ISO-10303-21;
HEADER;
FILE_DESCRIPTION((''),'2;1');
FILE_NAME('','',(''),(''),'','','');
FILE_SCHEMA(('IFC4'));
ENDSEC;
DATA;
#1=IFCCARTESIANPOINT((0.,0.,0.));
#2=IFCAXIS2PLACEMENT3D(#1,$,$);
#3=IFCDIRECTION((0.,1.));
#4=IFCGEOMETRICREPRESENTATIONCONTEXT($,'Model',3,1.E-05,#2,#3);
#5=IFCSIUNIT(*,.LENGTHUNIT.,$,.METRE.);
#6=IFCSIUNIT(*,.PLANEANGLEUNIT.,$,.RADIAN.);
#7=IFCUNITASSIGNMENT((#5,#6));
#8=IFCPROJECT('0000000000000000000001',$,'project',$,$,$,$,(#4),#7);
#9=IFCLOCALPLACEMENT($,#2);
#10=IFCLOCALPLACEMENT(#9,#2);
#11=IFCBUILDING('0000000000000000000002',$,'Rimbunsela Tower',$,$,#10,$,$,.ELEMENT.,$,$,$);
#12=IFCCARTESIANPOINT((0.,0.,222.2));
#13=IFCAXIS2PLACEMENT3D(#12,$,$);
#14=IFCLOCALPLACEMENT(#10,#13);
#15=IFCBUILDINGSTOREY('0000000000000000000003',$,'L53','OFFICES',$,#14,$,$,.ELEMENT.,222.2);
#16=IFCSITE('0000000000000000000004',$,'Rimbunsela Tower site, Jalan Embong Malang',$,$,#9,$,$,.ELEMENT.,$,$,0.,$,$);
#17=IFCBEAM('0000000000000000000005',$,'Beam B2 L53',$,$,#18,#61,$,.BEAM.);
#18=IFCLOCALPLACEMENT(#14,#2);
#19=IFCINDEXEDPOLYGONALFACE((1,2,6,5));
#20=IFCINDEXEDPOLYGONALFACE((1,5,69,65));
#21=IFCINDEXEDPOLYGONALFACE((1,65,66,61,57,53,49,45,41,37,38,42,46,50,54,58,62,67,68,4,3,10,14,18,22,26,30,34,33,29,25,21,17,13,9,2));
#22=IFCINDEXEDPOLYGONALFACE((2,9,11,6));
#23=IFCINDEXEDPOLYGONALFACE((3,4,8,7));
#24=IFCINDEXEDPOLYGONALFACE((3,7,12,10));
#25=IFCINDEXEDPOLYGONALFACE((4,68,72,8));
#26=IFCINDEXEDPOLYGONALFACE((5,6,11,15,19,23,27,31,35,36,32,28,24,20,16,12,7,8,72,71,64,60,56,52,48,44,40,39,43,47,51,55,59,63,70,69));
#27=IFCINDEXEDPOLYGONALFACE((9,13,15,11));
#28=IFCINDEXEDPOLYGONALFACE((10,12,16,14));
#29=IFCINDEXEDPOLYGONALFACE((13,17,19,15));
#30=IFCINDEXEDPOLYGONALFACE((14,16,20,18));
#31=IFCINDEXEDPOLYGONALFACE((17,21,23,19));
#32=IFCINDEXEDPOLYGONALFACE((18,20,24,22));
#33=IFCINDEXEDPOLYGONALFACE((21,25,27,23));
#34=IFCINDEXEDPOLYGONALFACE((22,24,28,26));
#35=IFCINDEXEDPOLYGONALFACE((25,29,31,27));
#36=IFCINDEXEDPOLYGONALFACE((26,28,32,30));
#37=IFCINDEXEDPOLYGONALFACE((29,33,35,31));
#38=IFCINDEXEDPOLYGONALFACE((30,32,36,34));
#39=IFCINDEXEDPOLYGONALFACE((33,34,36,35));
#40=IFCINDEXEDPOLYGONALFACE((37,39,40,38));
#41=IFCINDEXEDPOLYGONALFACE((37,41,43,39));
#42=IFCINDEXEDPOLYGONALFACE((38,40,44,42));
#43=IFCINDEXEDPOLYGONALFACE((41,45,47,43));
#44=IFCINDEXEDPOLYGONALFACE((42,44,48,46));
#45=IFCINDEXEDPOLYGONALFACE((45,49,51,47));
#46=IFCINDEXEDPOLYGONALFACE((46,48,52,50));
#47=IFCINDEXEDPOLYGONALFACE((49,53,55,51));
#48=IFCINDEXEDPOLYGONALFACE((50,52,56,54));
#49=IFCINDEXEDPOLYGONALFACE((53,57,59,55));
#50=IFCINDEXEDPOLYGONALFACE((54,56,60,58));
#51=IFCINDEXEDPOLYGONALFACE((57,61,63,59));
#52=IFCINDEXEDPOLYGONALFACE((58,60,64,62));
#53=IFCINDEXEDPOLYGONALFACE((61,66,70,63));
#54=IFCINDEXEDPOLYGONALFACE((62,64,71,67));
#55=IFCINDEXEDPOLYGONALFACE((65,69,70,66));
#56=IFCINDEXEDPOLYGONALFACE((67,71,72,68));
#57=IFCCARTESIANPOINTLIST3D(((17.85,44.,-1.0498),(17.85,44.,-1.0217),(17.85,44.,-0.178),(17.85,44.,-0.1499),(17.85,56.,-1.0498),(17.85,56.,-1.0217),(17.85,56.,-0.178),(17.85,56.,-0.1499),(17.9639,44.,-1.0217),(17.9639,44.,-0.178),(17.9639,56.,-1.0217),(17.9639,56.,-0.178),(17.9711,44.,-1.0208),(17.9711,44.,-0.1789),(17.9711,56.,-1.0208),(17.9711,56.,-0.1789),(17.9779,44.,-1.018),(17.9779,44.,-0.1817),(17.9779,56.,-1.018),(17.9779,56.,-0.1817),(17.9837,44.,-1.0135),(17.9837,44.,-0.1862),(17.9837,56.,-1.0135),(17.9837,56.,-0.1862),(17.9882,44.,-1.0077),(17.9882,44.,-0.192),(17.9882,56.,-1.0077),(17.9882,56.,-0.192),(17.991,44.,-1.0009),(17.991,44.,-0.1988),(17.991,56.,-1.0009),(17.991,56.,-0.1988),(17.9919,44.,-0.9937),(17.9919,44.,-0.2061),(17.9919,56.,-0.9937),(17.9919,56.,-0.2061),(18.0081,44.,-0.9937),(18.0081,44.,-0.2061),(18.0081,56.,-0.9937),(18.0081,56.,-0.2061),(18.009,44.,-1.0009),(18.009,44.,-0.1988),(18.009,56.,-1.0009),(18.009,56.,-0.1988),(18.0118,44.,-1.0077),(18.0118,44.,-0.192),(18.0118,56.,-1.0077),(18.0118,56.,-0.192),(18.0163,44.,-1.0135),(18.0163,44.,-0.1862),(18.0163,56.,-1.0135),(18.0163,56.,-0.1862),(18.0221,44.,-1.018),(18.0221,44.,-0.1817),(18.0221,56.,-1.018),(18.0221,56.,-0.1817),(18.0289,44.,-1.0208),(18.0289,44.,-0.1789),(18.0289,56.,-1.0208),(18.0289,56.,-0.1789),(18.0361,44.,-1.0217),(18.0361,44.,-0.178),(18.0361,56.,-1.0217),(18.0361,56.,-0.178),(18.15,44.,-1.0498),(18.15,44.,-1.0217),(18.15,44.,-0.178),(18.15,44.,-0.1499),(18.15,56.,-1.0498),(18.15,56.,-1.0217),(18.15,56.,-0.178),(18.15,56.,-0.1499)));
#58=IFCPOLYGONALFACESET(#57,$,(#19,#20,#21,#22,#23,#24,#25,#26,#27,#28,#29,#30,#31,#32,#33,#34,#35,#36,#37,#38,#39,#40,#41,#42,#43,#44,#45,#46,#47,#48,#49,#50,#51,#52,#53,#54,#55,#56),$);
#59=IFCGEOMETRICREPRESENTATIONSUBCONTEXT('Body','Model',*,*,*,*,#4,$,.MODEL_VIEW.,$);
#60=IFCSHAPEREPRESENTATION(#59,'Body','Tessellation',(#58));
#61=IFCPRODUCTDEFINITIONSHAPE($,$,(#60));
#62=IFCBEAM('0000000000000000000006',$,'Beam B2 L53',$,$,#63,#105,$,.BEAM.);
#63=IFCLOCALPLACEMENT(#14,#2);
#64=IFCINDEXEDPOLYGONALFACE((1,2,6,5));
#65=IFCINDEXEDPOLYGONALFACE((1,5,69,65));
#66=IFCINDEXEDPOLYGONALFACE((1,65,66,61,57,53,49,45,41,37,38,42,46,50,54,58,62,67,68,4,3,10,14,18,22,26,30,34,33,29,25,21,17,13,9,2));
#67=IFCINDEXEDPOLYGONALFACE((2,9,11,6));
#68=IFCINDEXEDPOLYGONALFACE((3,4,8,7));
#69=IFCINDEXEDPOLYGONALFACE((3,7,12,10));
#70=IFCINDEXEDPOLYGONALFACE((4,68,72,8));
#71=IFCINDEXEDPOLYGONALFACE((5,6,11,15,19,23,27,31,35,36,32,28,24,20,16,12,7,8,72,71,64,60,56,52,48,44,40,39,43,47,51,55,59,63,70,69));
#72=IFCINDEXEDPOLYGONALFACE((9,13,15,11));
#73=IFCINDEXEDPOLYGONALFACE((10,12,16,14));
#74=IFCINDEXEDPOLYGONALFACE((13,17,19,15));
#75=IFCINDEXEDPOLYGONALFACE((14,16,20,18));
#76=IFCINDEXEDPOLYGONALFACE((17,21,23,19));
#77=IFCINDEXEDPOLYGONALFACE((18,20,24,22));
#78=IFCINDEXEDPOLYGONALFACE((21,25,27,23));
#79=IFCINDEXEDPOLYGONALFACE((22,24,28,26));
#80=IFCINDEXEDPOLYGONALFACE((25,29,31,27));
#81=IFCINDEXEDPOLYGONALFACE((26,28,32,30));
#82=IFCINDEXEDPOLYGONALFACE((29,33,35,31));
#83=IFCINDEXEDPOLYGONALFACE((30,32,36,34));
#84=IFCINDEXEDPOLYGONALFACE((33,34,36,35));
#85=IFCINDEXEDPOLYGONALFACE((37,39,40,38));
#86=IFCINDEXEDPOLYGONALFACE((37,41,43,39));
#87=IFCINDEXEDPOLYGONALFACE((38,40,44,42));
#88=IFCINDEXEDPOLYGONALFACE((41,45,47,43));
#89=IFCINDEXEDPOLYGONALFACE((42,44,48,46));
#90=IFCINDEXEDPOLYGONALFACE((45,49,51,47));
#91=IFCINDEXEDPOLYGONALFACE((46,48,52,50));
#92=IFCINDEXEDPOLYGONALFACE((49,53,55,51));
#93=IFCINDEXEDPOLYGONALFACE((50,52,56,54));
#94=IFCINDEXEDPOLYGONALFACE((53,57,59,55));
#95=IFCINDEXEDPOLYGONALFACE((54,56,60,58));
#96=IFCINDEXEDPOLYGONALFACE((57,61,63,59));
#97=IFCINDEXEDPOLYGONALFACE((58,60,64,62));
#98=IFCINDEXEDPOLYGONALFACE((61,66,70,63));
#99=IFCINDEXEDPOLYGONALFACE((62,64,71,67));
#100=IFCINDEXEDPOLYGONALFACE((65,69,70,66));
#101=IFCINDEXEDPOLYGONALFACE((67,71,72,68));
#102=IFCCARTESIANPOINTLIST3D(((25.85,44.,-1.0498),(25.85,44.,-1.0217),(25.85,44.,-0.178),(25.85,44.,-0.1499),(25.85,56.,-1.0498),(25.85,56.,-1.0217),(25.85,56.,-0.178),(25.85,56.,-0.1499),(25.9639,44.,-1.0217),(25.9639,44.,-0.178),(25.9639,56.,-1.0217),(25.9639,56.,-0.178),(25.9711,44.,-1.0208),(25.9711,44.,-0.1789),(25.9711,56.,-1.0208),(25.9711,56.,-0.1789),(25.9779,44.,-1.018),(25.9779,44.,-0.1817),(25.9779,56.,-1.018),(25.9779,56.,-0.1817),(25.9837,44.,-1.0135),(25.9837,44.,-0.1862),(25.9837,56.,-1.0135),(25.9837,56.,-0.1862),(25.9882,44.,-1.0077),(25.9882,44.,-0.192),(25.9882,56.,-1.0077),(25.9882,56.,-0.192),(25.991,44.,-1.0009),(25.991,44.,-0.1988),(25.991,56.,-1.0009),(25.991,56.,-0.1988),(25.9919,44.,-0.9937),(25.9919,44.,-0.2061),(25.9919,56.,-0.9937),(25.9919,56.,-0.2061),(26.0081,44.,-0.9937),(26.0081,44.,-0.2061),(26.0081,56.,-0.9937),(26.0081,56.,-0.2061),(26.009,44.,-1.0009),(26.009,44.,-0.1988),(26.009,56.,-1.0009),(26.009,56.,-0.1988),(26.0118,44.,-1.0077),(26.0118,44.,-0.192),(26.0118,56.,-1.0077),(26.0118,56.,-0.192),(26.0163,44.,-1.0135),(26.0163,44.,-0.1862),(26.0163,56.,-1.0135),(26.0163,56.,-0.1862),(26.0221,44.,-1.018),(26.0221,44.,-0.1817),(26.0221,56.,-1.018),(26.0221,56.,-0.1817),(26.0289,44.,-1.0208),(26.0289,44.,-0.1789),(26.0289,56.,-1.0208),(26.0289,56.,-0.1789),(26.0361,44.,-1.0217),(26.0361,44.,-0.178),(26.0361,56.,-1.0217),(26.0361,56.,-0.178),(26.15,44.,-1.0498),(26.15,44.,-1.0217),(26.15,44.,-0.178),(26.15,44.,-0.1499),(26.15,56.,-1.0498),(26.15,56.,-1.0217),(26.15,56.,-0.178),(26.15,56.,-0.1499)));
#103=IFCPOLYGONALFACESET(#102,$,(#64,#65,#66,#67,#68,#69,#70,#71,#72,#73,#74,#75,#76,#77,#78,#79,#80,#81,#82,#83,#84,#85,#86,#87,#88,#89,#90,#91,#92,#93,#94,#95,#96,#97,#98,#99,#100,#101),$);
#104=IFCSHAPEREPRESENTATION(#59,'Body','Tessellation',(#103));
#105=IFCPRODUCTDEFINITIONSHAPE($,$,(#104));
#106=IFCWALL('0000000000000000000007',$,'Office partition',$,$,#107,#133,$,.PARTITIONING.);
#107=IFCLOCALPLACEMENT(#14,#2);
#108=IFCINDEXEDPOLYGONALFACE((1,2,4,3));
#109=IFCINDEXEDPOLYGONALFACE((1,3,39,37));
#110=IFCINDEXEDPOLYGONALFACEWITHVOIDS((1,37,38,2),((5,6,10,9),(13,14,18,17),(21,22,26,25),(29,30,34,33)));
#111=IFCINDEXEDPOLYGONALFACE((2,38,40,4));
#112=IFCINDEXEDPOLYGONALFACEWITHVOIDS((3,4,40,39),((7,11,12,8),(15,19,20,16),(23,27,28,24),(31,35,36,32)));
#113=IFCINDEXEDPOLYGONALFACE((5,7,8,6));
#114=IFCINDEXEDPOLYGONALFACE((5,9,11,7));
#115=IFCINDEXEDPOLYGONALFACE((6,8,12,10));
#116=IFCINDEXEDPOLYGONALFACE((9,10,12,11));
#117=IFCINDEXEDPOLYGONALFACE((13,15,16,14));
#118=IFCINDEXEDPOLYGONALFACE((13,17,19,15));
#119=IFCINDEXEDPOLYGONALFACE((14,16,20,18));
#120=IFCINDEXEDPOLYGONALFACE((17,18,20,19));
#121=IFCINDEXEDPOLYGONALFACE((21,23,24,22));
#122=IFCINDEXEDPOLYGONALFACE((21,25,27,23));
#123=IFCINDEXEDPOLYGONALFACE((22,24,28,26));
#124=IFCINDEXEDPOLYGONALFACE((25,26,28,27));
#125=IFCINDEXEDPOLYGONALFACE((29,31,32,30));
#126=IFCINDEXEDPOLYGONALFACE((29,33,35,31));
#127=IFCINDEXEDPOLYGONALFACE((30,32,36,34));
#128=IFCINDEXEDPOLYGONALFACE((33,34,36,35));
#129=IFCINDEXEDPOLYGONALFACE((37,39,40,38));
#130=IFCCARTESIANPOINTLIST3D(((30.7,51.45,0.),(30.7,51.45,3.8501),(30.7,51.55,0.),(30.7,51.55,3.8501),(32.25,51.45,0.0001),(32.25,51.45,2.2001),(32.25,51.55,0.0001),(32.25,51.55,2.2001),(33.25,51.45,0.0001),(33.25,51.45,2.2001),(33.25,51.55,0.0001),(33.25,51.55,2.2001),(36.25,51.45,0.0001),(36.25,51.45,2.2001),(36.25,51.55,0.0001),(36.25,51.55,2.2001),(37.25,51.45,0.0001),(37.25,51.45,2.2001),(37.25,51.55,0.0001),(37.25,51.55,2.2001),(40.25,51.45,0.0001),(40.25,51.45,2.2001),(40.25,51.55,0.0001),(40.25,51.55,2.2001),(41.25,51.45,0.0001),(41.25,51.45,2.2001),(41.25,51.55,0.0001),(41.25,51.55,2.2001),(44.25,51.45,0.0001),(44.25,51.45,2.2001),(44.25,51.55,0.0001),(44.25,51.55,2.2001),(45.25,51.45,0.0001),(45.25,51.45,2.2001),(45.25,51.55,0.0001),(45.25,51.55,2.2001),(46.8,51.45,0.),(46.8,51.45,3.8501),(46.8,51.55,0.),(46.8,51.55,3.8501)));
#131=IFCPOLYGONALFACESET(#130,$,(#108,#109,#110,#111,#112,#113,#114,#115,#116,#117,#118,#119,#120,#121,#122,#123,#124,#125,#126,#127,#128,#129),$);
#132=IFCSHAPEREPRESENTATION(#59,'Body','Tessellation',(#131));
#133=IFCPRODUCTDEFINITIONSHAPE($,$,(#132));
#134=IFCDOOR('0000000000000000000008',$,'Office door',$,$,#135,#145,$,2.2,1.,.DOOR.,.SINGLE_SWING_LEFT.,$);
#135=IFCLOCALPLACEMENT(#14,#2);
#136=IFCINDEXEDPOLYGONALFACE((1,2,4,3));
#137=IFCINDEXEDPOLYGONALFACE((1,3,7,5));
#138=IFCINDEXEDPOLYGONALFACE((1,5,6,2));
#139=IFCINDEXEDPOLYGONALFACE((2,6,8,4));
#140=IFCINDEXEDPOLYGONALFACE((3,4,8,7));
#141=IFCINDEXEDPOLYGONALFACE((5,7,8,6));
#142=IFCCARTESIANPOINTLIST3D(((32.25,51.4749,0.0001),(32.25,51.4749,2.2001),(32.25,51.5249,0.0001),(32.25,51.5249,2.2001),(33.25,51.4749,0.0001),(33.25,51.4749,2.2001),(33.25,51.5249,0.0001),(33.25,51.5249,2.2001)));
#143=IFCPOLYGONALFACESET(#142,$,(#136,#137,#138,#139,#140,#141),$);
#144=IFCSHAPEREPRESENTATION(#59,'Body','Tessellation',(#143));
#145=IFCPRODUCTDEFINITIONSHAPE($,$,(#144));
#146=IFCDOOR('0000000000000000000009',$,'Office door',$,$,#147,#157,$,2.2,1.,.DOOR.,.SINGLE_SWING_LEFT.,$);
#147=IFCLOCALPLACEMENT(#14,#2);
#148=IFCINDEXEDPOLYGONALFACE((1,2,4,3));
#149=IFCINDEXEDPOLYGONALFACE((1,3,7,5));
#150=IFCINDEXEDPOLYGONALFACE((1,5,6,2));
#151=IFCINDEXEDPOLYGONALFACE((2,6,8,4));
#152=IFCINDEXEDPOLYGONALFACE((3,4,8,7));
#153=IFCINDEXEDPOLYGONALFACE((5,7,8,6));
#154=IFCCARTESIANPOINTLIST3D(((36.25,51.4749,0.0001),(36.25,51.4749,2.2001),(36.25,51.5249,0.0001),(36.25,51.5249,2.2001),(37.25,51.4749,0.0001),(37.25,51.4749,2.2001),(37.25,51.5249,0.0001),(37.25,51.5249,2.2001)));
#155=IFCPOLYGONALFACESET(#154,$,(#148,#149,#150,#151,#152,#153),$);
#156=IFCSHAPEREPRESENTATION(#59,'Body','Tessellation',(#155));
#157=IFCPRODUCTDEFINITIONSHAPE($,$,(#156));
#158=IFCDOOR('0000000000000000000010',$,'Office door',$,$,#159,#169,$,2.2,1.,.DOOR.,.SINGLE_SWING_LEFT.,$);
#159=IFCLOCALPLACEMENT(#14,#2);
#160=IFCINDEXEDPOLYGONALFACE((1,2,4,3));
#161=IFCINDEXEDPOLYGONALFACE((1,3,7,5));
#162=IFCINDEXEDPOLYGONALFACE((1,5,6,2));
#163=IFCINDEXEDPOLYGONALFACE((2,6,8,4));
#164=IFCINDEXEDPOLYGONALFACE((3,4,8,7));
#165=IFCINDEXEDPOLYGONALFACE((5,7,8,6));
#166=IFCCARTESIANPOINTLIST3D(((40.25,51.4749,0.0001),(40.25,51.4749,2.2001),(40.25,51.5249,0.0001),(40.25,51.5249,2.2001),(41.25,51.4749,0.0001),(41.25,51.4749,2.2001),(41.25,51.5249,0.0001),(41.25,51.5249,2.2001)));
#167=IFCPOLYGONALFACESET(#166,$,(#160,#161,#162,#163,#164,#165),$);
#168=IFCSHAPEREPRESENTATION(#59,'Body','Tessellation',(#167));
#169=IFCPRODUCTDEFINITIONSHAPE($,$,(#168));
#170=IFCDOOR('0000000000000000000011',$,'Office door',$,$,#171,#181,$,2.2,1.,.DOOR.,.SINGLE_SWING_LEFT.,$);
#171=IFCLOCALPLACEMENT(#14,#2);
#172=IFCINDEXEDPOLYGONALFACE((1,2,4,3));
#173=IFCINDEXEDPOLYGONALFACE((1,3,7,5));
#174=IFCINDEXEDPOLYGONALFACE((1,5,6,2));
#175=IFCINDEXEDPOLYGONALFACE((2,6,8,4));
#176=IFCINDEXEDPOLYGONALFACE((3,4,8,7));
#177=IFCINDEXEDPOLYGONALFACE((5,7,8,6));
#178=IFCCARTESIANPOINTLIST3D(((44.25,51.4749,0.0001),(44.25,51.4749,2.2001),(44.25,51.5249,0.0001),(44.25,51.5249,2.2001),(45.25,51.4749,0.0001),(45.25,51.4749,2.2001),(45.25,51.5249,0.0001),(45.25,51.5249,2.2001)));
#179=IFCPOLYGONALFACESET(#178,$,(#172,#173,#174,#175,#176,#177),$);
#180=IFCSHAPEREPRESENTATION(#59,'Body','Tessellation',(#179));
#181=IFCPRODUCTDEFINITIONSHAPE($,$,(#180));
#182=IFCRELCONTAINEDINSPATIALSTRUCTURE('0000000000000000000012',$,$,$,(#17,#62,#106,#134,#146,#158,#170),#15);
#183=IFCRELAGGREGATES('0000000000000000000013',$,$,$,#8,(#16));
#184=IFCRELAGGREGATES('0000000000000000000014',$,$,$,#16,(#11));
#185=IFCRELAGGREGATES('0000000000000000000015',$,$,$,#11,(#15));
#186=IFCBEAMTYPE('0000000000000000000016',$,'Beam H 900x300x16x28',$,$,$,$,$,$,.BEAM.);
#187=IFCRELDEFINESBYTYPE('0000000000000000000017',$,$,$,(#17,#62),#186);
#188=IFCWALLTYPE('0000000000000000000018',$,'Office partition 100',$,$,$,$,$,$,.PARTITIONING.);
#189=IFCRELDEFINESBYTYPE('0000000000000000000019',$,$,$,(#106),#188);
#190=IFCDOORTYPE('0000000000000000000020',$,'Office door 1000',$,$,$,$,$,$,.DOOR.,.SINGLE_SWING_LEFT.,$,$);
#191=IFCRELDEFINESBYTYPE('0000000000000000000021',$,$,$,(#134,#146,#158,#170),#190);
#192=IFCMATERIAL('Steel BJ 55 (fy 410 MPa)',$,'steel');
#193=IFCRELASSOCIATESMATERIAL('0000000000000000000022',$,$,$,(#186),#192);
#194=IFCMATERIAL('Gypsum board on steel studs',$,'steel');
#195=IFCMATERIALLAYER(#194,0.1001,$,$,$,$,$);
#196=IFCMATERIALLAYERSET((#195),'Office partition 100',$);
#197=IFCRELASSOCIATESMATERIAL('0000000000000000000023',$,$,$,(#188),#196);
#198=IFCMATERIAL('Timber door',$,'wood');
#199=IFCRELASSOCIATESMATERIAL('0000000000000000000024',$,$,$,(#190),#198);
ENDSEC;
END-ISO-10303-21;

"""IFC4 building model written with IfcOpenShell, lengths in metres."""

from ifc_helpers import new_model, si_unit, direction, frame, frame_2d, origin, origin_2d, place, context, subcontext, project, spatial, rectangle, i_section, extrude, material, layer, layer_set, material_profile, profile_set, type_object, element, fill, save


model = new_model("IFC4")

# Units and contexts
model_context = context("Model", 3, precision=1e-05, world=origin(), true_north=direction((0.0, 1.0)))
body_context = subcontext(model_context, "Body", "Model", "MODEL_VIEW")
ifc_project = project(units=[si_unit("LENGTHUNIT", "METRE"), si_unit("PLANEANGLEUNIT", "RADIAN")], contexts=[model_context])

# Site, building, storey
site_placement = place(None, origin())
site = spatial("IfcSite", under=ifc_project, at=site_placement, Name="Rimbunsela Tower site, Jalan Embong Malang", CompositionType="ELEMENT", RefElevation=0.0)
building_placement = place(site_placement, origin())
building = spatial("IfcBuilding", under=site, at=building_placement, Name="Rimbunsela Tower", CompositionType="ELEMENT")
storey_placement = place(building_placement, frame((0.0, 0.0, 222.2)))
storey = spatial("IfcBuildingStorey", under=building, at=storey_placement, Name="L53", Description="OFFICES", CompositionType="ELEMENT", Elevation=222.2)

# Beams
ifc_material_1 = material(Name="Steel BJ 55 (fy 410 MPa)", Category="steel")
ifc_material_profile_1 = material_profile(ifc_material_1, i_section(OverallWidth=0.3, OverallDepth=0.8999, WebThickness=0.0161, FlangeThickness=0.0281, FilletRadius=0.0281, at=origin_2d()), Name="H 900x300x16x28")
ifc_profile_set_1 = profile_set([ifc_material_profile_1], Name="Steel BJ 55 (fy 410 MPa)")
beam_type_1 = type_object("IfcBeamType", Name="Beam H 900x300x16x28", PredefinedType="BEAM", material=ifc_profile_set_1)
for number, where, z_axis, x_axis, name in (
    (1, (18.0, 44.0, -0.5999), (0.0, 1.0, 0.0), (-1.0, 0.0, 0.0), "Beam B2 L53"),
    (2, (26.0, 44.0, -0.5999), (0.0, 1.0, 0.0), (-1.0, 0.0, 0.0), "Beam B2 L53"),
):
    element("IfcBeam", number, at=place(storey_placement, frame(where, z_axis=z_axis, x_axis=x_axis)), inside=storey, type_object=beam_type_1, Name=name, PredefinedType="BEAM", context=body_context, shape_type="SweptSolid", body=[
        extrude(i_section(OverallWidth=0.3, OverallDepth=0.8999, WebThickness=0.0161, FlangeThickness=0.0281, FilletRadius=0.0281, at=origin_2d()), origin(), (0.0, 0.0, 1.0), 12.0),
    ])

# Wall, openings, doors
ifc_material_2 = material(Name="Gypsum board on steel studs", Category="steel")
ifc_layer_1 = layer(ifc_material_2, 0.1001)
ifc_layer_set_1 = layer_set([ifc_layer_1], Name="Office partition 100")
wall_type_1 = type_object("IfcWallType", Name="Office partition 100", PredefinedType="PARTITIONING", material=ifc_layer_set_1)
wall_1_placement = place(storey_placement, frame((30.7, 51.5, 0.0), z_axis=(0.0, 0.0, 1.0), x_axis=(1.0, 0.0, 0.0)))
wall_1 = element("IfcWall", 3, at=wall_1_placement, inside=storey, type_object=wall_type_1, Name="Office partition", PredefinedType="PARTITIONING", context=body_context, shape_type="SweptSolid", body=[
    extrude(rectangle(XDim=16.1001, YDim=0.1001, at=frame_2d((8.05, 0.0))), origin(), (0.0, 0.0, 1.0), 3.8501),
])
opening_1_placement = place(wall_1_placement, frame((1.55, 0.0, 0.0)))
opening_1 = element("IfcOpeningElement", 4, at=opening_1_placement, cuts=wall_1, PredefinedType="OPENING", context=body_context, shape_type="SweptSolid", body=[
    extrude(rectangle(XDim=1.0, YDim=2.2, at=frame_2d((0.5, 1.1001))), frame((0.0, 0.0601, 0.0), z_axis=(0.0, -1.0, 0.0), x_axis=(1.0, 0.0, 0.0)), (0.0, 0.0, 1.0), 0.1201),
])
opening_2_placement = place(wall_1_placement, frame((5.55, 0.0, 0.0)))
opening_2 = element("IfcOpeningElement", 5, at=opening_2_placement, cuts=wall_1, PredefinedType="OPENING", context=body_context, shape_type="SweptSolid", body=[
    extrude(rectangle(XDim=1.0, YDim=2.2, at=frame_2d((0.5, 1.1001))), frame((0.0, 0.0601, 0.0), z_axis=(0.0, -1.0, 0.0), x_axis=(1.0, 0.0, 0.0)), (0.0, 0.0, 1.0), 0.1201),
])
opening_3_placement = place(wall_1_placement, frame((9.55, 0.0, 0.0)))
opening_3 = element("IfcOpeningElement", 6, at=opening_3_placement, cuts=wall_1, PredefinedType="OPENING", context=body_context, shape_type="SweptSolid", body=[
    extrude(rectangle(XDim=1.0, YDim=2.2, at=frame_2d((0.5, 1.1001))), frame((0.0, 0.0601, 0.0), z_axis=(0.0, -1.0, 0.0), x_axis=(1.0, 0.0, 0.0)), (0.0, 0.0, 1.0), 0.1201),
])
opening_4_placement = place(wall_1_placement, frame((13.55, 0.0, 0.0)))
opening_4 = element("IfcOpeningElement", 7, at=opening_4_placement, cuts=wall_1, PredefinedType="OPENING", context=body_context, shape_type="SweptSolid", body=[
    extrude(rectangle(XDim=1.0, YDim=2.2, at=frame_2d((0.5, 1.1001))), frame((0.0, 0.0601, 0.0), z_axis=(0.0, -1.0, 0.0), x_axis=(1.0, 0.0, 0.0)), (0.0, 0.0, 1.0), 0.1201),
])
ifc_material_3 = material(Name="Timber door", Category="wood")
door_type = type_object("IfcDoorType", Name="Office door 1000", OperationType="SINGLE_SWING_LEFT", PredefinedType="DOOR", material=ifc_material_3)
door_1_placement = place(opening_1_placement, origin())
door_1 = element("IfcDoor", 8, at=door_1_placement, inside=storey, type_object=door_type, Name="Office door", OperationType="SINGLE_SWING_LEFT", OverallHeight=2.2, OverallWidth=1.0, PredefinedType="DOOR", context=body_context, shape_type="SweptSolid", body=[
    extrude(rectangle(XDim=1.0, YDim=2.2, at=frame_2d((0.5, 1.1001))), frame((0.0, 0.0249, 0.0), z_axis=(0.0, -1.0, 0.0), x_axis=(1.0, 0.0, 0.0)), (0.0, 0.0, 1.0), 0.05),
])
fill(opening_1, door_1)
door_2_placement = place(opening_2_placement, origin())
door_2 = element("IfcDoor", 9, at=door_2_placement, inside=storey, type_object=door_type, Name="Office door", OperationType="SINGLE_SWING_LEFT", OverallHeight=2.2, OverallWidth=1.0, PredefinedType="DOOR", context=body_context, shape_type="SweptSolid", body=[
    extrude(rectangle(XDim=1.0, YDim=2.2, at=frame_2d((0.5, 1.1001))), frame((0.0, 0.0249, 0.0), z_axis=(0.0, -1.0, 0.0), x_axis=(1.0, 0.0, 0.0)), (0.0, 0.0, 1.0), 0.05),
])
fill(opening_2, door_2)
door_3_placement = place(opening_3_placement, origin())
door_3 = element("IfcDoor", 10, at=door_3_placement, inside=storey, type_object=door_type, Name="Office door", OperationType="SINGLE_SWING_LEFT", OverallHeight=2.2, OverallWidth=1.0, PredefinedType="DOOR", context=body_context, shape_type="SweptSolid", body=[
    extrude(rectangle(XDim=1.0, YDim=2.2, at=frame_2d((0.5, 1.1001))), frame((0.0, 0.0249, 0.0), z_axis=(0.0, -1.0, 0.0), x_axis=(1.0, 0.0, 0.0)), (0.0, 0.0, 1.0), 0.05),
])
fill(opening_3, door_3)
door_4_placement = place(opening_4_placement, origin())
door_4 = element("IfcDoor", 11, at=door_4_placement, inside=storey, type_object=door_type, Name="Office door", OperationType="SINGLE_SWING_LEFT", OverallHeight=2.2, OverallWidth=1.0, PredefinedType="DOOR", context=body_context, shape_type="SweptSolid", body=[
    extrude(rectangle(XDim=1.0, YDim=2.2, at=frame_2d((0.5, 1.1001))), frame((0.0, 0.0249, 0.0), z_axis=(0.0, -1.0, 0.0), x_axis=(1.0, 0.0, 0.0)), (0.0, 0.0, 1.0), 0.05),
])
fill(opening_4, door_4)

save(model, "model.ifc")
